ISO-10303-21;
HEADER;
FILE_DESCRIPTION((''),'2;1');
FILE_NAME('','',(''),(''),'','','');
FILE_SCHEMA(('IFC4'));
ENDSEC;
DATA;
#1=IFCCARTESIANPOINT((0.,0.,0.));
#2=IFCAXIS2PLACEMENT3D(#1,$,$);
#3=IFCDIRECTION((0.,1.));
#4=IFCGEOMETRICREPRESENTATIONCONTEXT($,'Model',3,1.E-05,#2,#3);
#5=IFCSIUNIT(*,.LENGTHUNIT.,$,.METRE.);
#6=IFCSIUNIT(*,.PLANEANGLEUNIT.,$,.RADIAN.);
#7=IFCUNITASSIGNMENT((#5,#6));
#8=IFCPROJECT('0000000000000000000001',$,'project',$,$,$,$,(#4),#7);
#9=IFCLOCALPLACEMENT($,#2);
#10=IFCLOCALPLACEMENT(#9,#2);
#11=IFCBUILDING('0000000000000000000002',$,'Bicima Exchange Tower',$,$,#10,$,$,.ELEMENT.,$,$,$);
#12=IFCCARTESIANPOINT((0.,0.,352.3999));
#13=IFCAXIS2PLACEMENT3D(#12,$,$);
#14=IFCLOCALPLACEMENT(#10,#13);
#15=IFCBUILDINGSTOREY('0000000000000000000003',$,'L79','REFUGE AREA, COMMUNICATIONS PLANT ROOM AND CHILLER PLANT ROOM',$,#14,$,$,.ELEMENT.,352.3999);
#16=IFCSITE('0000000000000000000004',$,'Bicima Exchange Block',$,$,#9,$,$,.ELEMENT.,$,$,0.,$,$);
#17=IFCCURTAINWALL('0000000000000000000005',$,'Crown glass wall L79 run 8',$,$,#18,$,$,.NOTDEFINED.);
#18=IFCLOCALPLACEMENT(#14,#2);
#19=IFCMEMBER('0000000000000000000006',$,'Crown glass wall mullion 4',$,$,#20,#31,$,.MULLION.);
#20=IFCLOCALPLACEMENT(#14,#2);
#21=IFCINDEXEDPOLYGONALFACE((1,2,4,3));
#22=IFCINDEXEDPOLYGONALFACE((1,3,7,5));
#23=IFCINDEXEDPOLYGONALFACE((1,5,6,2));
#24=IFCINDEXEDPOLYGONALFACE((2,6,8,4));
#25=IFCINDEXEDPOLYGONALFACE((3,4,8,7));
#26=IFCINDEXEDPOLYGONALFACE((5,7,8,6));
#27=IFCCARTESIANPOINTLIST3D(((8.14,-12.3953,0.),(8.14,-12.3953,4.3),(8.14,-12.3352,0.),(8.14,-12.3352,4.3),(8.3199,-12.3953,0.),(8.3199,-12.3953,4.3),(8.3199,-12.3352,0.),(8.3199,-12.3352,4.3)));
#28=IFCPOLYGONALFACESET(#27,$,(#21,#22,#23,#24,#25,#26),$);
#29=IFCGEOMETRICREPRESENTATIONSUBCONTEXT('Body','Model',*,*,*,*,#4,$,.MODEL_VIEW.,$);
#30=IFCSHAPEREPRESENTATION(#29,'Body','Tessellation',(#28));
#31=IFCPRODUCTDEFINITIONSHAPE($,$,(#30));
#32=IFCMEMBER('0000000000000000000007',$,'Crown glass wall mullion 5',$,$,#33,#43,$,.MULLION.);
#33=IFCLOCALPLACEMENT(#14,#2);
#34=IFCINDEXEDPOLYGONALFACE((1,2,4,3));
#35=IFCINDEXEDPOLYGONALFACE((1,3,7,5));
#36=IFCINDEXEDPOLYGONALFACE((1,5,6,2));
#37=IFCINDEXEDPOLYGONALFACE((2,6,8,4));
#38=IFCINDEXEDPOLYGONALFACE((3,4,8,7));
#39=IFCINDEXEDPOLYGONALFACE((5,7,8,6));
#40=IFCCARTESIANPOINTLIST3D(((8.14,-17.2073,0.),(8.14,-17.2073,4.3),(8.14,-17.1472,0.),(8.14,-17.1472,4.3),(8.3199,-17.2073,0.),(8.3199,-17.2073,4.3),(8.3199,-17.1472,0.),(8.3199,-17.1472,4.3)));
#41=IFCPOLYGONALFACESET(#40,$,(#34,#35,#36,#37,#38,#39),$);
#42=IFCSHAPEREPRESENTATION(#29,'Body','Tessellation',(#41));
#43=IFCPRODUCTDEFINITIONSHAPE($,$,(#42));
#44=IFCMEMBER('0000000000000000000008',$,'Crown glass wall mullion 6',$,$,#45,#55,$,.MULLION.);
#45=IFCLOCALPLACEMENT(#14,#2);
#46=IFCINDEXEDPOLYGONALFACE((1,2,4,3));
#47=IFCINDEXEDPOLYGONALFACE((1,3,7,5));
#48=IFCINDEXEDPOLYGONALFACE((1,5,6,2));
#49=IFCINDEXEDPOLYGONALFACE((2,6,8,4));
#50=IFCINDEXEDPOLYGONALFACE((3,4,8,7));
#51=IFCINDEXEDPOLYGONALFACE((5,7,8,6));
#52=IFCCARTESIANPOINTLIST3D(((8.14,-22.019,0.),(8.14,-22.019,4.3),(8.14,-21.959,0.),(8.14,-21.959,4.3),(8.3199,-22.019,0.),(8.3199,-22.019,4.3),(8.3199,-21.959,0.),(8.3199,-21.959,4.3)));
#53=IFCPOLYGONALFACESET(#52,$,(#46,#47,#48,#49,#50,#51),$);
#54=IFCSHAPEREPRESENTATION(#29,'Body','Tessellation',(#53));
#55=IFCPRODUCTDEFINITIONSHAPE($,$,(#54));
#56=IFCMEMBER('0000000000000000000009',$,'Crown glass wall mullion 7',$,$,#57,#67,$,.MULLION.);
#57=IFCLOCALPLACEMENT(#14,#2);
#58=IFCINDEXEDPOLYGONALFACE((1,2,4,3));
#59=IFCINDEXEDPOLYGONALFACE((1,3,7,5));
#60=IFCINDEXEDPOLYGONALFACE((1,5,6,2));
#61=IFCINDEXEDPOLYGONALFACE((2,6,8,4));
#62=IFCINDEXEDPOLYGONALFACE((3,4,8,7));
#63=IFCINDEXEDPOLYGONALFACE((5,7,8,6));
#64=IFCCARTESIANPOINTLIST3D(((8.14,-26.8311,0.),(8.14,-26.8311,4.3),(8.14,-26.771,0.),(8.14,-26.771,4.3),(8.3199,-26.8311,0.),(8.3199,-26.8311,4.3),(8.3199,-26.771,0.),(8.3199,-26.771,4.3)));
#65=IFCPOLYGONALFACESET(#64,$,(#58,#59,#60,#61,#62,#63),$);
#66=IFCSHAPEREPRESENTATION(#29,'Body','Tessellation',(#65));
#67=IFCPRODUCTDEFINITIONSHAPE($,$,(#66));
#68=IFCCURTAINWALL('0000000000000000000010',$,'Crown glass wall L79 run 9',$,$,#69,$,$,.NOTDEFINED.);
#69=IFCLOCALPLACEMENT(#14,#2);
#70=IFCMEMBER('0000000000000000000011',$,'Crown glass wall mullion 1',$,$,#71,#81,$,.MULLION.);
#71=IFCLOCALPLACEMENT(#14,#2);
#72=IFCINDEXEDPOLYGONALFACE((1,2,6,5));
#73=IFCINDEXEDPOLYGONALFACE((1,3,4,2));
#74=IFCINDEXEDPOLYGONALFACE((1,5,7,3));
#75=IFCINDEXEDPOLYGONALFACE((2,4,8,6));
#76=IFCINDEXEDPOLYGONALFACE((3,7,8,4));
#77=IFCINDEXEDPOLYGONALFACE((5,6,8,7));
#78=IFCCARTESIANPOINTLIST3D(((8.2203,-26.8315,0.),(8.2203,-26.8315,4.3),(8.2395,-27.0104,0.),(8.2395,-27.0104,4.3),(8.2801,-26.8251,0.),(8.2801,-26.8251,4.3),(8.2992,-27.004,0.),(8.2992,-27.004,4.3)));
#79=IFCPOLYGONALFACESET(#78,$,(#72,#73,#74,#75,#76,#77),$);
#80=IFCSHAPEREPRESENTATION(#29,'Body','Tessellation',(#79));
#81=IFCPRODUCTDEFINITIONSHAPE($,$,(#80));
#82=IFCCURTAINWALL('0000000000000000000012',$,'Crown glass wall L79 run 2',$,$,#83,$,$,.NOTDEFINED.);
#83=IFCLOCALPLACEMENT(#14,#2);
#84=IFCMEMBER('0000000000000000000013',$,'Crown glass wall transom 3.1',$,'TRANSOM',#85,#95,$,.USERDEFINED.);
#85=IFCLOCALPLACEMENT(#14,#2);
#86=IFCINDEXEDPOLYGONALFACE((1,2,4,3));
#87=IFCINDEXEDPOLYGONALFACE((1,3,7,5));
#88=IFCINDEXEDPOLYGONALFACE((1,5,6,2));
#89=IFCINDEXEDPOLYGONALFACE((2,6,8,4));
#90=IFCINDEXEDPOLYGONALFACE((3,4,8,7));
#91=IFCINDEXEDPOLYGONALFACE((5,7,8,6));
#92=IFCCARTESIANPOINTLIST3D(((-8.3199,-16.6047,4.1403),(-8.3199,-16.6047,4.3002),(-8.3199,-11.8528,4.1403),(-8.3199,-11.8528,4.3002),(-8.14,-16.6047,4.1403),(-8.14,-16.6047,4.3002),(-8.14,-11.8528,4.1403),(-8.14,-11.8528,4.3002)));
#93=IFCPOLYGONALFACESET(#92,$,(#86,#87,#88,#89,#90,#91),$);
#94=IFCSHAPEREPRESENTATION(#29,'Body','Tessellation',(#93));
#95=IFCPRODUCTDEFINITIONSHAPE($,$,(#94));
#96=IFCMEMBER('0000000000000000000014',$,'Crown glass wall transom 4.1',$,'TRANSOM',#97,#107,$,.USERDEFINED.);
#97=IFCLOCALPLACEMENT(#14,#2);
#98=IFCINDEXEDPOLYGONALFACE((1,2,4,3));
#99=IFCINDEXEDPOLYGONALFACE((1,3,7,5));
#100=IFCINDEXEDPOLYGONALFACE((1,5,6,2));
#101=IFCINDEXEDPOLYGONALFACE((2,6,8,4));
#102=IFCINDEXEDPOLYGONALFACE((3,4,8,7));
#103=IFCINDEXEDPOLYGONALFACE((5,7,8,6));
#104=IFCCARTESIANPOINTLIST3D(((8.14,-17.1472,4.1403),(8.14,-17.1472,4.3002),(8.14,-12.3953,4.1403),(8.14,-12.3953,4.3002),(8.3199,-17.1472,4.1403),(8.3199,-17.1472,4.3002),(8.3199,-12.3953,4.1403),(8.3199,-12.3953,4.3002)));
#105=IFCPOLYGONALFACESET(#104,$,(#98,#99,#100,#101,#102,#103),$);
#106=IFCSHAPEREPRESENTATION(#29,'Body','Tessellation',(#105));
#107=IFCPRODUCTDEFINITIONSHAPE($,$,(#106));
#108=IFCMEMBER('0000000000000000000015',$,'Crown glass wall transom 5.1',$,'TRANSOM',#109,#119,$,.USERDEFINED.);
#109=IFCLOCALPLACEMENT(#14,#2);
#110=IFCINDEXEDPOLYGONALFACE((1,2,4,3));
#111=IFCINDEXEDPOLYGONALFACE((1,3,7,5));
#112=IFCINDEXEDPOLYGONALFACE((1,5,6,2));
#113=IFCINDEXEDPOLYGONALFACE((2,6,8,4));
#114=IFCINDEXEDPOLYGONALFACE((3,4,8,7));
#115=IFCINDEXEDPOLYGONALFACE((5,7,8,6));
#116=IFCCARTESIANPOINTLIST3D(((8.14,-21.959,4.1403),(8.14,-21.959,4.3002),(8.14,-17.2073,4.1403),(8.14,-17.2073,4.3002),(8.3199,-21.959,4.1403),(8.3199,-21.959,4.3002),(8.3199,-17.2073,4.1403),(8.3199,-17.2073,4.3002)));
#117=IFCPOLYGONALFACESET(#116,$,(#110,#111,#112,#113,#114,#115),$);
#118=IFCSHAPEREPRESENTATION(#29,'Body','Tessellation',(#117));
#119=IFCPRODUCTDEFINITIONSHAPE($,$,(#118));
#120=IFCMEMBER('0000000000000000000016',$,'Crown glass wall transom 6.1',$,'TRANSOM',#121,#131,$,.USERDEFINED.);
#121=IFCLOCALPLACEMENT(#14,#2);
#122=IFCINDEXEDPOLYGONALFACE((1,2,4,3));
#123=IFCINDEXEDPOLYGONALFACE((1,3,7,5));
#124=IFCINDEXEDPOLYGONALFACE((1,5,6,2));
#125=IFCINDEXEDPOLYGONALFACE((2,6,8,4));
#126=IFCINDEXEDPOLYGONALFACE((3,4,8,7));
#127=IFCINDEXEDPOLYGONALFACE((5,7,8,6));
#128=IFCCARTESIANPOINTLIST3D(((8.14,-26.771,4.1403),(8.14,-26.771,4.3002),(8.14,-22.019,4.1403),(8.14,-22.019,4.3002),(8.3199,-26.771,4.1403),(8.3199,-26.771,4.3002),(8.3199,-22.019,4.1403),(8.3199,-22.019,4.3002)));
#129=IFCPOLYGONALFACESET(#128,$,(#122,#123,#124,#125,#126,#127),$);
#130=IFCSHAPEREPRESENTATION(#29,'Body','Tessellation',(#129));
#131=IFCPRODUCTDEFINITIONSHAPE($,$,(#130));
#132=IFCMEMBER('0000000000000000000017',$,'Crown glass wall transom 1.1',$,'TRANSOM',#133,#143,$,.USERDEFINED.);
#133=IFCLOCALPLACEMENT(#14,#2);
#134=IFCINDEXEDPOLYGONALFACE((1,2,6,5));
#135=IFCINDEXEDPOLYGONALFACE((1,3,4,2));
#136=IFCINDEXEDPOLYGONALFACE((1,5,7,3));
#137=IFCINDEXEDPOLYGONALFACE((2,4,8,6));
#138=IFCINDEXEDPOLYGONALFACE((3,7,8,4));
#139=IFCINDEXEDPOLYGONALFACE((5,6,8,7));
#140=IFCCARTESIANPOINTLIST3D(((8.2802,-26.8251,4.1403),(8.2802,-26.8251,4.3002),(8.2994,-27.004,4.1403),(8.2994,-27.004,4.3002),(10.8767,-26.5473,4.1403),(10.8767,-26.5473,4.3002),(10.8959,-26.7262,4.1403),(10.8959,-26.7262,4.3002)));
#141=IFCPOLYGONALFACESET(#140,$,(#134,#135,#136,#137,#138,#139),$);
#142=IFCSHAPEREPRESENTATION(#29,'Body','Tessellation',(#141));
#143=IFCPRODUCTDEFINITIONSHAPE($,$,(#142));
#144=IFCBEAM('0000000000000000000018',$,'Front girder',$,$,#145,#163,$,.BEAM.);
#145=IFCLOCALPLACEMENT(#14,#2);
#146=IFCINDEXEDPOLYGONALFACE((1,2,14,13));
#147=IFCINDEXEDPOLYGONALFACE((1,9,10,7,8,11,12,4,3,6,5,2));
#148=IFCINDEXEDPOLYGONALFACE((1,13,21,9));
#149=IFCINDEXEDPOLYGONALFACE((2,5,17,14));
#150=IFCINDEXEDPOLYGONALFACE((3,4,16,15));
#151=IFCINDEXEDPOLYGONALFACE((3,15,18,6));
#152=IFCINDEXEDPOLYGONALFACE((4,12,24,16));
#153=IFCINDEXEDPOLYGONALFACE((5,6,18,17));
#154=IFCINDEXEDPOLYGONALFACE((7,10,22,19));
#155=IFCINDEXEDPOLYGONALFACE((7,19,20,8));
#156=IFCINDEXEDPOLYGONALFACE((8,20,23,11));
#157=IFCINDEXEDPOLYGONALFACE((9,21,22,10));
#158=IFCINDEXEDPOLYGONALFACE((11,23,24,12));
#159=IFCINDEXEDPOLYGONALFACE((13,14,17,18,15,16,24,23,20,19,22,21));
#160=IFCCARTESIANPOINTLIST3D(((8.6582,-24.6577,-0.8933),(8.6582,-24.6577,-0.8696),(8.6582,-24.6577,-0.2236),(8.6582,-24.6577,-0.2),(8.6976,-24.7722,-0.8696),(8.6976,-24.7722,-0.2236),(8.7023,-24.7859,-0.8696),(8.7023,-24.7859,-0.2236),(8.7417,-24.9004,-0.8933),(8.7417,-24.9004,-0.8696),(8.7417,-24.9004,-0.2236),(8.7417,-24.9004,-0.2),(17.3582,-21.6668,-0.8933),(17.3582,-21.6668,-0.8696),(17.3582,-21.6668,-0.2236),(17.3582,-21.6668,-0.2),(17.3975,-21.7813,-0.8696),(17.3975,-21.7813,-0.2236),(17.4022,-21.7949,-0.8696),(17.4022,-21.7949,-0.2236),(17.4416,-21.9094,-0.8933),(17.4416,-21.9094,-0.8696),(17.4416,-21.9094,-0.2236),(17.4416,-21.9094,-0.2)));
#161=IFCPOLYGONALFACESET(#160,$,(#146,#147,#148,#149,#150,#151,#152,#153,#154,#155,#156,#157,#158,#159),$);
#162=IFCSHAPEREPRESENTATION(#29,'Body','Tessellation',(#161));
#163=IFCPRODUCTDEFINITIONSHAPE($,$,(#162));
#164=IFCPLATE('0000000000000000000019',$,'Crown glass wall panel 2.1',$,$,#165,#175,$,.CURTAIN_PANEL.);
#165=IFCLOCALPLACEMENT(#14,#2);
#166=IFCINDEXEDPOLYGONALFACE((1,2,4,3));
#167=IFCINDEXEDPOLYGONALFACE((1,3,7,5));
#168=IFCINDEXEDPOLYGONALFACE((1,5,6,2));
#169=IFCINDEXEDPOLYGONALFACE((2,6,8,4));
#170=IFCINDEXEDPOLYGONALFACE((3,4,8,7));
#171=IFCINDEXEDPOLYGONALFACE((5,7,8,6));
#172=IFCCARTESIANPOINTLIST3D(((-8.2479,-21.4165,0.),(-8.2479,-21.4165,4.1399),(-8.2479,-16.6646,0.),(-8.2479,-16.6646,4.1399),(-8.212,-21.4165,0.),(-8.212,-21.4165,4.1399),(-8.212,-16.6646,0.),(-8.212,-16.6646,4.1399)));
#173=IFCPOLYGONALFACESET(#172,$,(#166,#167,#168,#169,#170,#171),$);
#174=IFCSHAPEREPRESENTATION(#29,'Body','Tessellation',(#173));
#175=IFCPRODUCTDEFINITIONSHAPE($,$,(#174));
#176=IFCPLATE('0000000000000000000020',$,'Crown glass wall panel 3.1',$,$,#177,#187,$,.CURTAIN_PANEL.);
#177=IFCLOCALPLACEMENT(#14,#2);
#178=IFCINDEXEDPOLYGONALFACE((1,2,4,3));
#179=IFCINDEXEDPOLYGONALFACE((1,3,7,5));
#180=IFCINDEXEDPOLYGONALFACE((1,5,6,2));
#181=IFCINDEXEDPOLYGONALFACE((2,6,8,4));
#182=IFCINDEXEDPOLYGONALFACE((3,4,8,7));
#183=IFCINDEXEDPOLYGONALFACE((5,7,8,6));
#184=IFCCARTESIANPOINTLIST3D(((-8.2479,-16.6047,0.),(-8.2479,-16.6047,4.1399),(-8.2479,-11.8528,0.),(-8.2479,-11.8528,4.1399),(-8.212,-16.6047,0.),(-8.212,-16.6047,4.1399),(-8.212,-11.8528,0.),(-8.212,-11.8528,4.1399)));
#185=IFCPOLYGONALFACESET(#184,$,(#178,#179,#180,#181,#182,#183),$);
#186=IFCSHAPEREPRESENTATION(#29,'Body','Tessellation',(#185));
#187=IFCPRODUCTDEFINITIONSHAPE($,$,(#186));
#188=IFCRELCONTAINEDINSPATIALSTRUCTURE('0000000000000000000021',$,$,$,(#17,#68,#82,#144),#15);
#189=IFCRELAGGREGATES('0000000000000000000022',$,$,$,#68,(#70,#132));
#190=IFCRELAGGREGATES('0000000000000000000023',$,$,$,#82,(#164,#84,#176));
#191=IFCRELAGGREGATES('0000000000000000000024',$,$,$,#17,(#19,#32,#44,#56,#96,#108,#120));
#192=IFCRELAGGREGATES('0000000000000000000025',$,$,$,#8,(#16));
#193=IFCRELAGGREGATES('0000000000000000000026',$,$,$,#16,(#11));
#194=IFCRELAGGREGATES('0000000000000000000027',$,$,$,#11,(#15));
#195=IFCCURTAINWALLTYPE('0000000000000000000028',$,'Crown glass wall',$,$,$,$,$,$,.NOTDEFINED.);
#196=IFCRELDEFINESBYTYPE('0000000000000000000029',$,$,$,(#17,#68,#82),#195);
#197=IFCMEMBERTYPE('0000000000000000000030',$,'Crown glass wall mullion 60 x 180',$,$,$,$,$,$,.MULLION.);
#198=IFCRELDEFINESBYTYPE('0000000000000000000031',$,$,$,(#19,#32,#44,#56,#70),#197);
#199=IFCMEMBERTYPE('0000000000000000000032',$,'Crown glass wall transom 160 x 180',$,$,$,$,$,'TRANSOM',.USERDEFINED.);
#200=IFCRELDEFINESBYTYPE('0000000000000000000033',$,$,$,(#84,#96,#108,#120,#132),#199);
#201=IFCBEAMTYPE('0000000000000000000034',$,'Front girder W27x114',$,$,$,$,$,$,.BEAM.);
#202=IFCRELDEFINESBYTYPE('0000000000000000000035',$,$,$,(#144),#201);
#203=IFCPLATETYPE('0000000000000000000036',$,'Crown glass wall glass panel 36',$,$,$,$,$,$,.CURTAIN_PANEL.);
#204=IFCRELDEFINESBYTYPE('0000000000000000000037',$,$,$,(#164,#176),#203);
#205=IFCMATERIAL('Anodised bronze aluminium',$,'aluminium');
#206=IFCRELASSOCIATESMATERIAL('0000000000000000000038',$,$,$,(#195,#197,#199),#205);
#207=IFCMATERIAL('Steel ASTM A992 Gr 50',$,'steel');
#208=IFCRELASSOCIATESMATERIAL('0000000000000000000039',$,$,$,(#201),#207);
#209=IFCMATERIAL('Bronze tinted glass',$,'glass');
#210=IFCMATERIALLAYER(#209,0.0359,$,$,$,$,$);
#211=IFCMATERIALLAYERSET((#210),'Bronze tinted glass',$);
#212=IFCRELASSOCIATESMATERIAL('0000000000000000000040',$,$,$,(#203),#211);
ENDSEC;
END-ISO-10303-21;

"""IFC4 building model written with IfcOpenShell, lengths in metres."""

from ifc_helpers import new_model, si_unit, direction, frame, origin, origin_2d, place, context, subcontext, project, spatial, rectangle, i_section, extrude, material, layer, layer_set, material_profile, profile_set, type_object, element, aggregate, save


model = new_model("IFC4")

# Units and contexts
model_context = context("Model", 3, precision=1e-05, world=origin(), true_north=direction((0.0, 1.0)))
body_context = subcontext(model_context, "Body", "Model", "MODEL_VIEW")
ifc_project = project(units=[si_unit("LENGTHUNIT", "METRE"), si_unit("PLANEANGLEUNIT", "RADIAN")], contexts=[model_context])

# Site, building, storey
site_placement = place(None, origin())
site = spatial("IfcSite", under=ifc_project, at=site_placement, Name="Bicima Exchange Block", CompositionType="ELEMENT", RefElevation=0.0)
building_placement = place(site_placement, origin())
building = spatial("IfcBuilding", under=site, at=building_placement, Name="Bicima Exchange Tower", CompositionType="ELEMENT")
storey_placement = place(building_placement, frame((0.0, 0.0, 352.3999)))
storey = spatial("IfcBuildingStorey", under=building, at=storey_placement, Name="L79", Description="REFUGE AREA, COMMUNICATIONS PLANT ROOM AND CHILLER PLANT ROOM", CompositionType="ELEMENT", Elevation=352.3999)

# Curtain wall, members
ifc_material_1 = material(Name="Anodised bronze aluminium", Category="aluminium")
curtain_wall_type = type_object("IfcCurtainWallType", Name="Crown glass wall", PredefinedType="NOTDEFINED", material=ifc_material_1)
curtain_wall_1_placement = place(storey_placement, origin())
curtain_wall_1 = element("IfcCurtainWall", 1, at=curtain_wall_1_placement, inside=storey, type_object=curtain_wall_type, Name="Crown glass wall L79 run 8", PredefinedType="NOTDEFINED")
ifc_material_profile_1 = material_profile(ifc_material_1, rectangle(XDim=0.1799, YDim=0.0601, at=origin_2d()))
ifc_profile_set_1 = profile_set([ifc_material_profile_1], Name="Anodised bronze aluminium")
member_type_1 = type_object("IfcMemberType", Name="Crown glass wall mullion 60 x 180", PredefinedType="MULLION", material=ifc_profile_set_1)
member_1_placement = place(storey_placement, frame((8.23, -12.3652, 0.0), z_axis=(0.0, 0.0, 1.0), x_axis=(1.0, 0.0, 0.0)))
member_1 = element("IfcMember", 2, at=member_1_placement, type_object=member_type_1, Name="Crown glass wall mullion 4", PredefinedType="MULLION", context=body_context, shape_type="SweptSolid", body=[
    extrude(rectangle(XDim=0.1799, YDim=0.0601, at=origin_2d()), origin(), (0.0, 0.0, 1.0), 4.3),
])
member_2_placement = place(storey_placement, frame((8.23, -17.1772, 0.0), z_axis=(0.0, 0.0, 1.0), x_axis=(1.0, 0.0, 0.0)))
member_2 = element("IfcMember", 3, at=member_2_placement, type_object=member_type_1, Name="Crown glass wall mullion 5", PredefinedType="MULLION", context=body_context, shape_type="SweptSolid", body=[
    extrude(rectangle(XDim=0.1799, YDim=0.0601, at=origin_2d()), origin(), (0.0, 0.0, 1.0), 4.3),
])
member_3_placement = place(storey_placement, frame((8.23, -21.989, 0.0), z_axis=(0.0, 0.0, 1.0), x_axis=(1.0, 0.0, 0.0)))
member_3 = element("IfcMember", 4, at=member_3_placement, type_object=member_type_1, Name="Crown glass wall mullion 6", PredefinedType="MULLION", context=body_context, shape_type="SweptSolid", body=[
    extrude(rectangle(XDim=0.1799, YDim=0.0601, at=origin_2d()), origin(), (0.0, 0.0, 1.0), 4.3),
])
member_4_placement = place(storey_placement, frame((8.23, -26.801, 0.0), z_axis=(0.0, 0.0, 1.0), x_axis=(1.0, 0.0, 0.0)))
member_4 = element("IfcMember", 5, at=member_4_placement, type_object=member_type_1, Name="Crown glass wall mullion 7", PredefinedType="MULLION", context=body_context, shape_type="SweptSolid", body=[
    extrude(rectangle(XDim=0.1799, YDim=0.0601, at=origin_2d()), origin(), (0.0, 0.0, 1.0), 4.3),
])

# Curtain walls, members
curtain_wall_2_placement = place(storey_placement, origin())
curtain_wall_2 = element("IfcCurtainWall", 6, at=curtain_wall_2_placement, inside=storey, type_object=curtain_wall_type, Name="Crown glass wall L79 run 9", PredefinedType="NOTDEFINED")
member_5_placement = place(storey_placement, frame((8.2598, -26.9177, 0.0), z_axis=(0.0, 0.0, 1.0), x_axis=(-0.106372, 0.994326, 0.0)))
member_5 = element("IfcMember", 7, at=member_5_placement, type_object=member_type_1, Name="Crown glass wall mullion 1", PredefinedType="MULLION", context=body_context, shape_type="SweptSolid", body=[
    extrude(rectangle(XDim=0.1799, YDim=0.0601, at=origin_2d()), origin(), (0.0, 0.0, 1.0), 4.3),
])
curtain_wall_3_placement = place(storey_placement, origin())
curtain_wall_3 = element("IfcCurtainWall", 8, at=curtain_wall_3_placement, inside=storey, type_object=curtain_wall_type, Name="Crown glass wall L79 run 2", PredefinedType="NOTDEFINED")
ifc_material_profile_2 = material_profile(ifc_material_1, rectangle(XDim=0.1799, YDim=0.1599, at=origin_2d()))
ifc_profile_set_2 = profile_set([ifc_material_profile_2], Name="Anodised bronze aluminium")
member_type_2 = type_object("IfcMemberType", Name="Crown glass wall transom 160 x 180", ElementType="TRANSOM", PredefinedType="USERDEFINED", material=ifc_profile_set_2)
member_6_placement = place(storey_placement, frame((-8.23, -16.6047, 4.2202), z_axis=(0.0, 1.0, 0.0), x_axis=(-1.0, 0.0, 0.0)))
member_6 = element("IfcMember", 9, at=member_6_placement, type_object=member_type_2, Name="Crown glass wall transom 3.1", ObjectType="TRANSOM", PredefinedType="USERDEFINED", context=body_context, shape_type="SweptSolid", body=[
    extrude(rectangle(XDim=0.1799, YDim=0.1599, at=origin_2d()), origin(), (0.0, 0.0, 1.0), 4.752),
])

# Members
member_7_placement = place(storey_placement, frame((8.23, -12.3953, 4.2202), z_axis=(0.0, -1.0, 0.0), x_axis=(1.0, 0.0, 0.0)))
member_7 = element("IfcMember", 10, at=member_7_placement, type_object=member_type_2, Name="Crown glass wall transom 4.1", ObjectType="TRANSOM", PredefinedType="USERDEFINED", context=body_context, shape_type="SweptSolid", body=[
    extrude(rectangle(XDim=0.1799, YDim=0.1599, at=origin_2d()), origin(), (0.0, 0.0, 1.0), 4.752),
])
member_8_placement = place(storey_placement, frame((8.23, -17.2073, 4.2202), z_axis=(0.0, -1.0, 0.0), x_axis=(1.0, 0.0, 0.0)))
member_8 = element("IfcMember", 11, at=member_8_placement, type_object=member_type_2, Name="Crown glass wall transom 5.1", ObjectType="TRANSOM", PredefinedType="USERDEFINED", context=body_context, shape_type="SweptSolid", body=[
    extrude(rectangle(XDim=0.1799, YDim=0.1599, at=origin_2d()), origin(), (0.0, 0.0, 1.0), 4.7517),
])
member_9_placement = place(storey_placement, frame((8.23, -22.019, 4.2202), z_axis=(0.0, -1.0, 0.0), x_axis=(1.0, 0.0, 0.0)))
member_9 = element("IfcMember", 12, at=member_9_placement, type_object=member_type_2, Name="Crown glass wall transom 6.1", ObjectType="TRANSOM", PredefinedType="USERDEFINED", context=body_context, shape_type="SweptSolid", body=[
    extrude(rectangle(XDim=0.1799, YDim=0.1599, at=origin_2d()), origin(), (0.0, 0.0, 1.0), 4.752),
])
member_10_placement = place(storey_placement, frame((8.2898, -26.9146, 4.2202), z_axis=(0.994324, 0.106398, 0.0), x_axis=(-0.106398, 0.994324, 0.0)))
member_10 = element("IfcMember", 13, at=member_10_placement, type_object=member_type_2, Name="Crown glass wall transom 1.1", ObjectType="TRANSOM", PredefinedType="USERDEFINED", context=body_context, shape_type="SweptSolid", body=[
    extrude(rectangle(XDim=0.1799, YDim=0.1599, at=origin_2d()), origin(), (0.0, 0.0, 1.0), 2.6113),
])
aggregate(curtain_wall_2, [member_5, member_10])

# Beam
ifc_material_2 = material(Name="Steel ASTM A992 Gr 50", Category="steel")
ifc_material_profile_3 = material_profile(ifc_material_2, i_section(OverallWidth=0.2566, OverallDepth=0.6934, WebThickness=0.0144, FlangeThickness=0.0237, at=origin_2d()))
ifc_profile_set_3 = profile_set([ifc_material_profile_3], Name="Steel ASTM A992 Gr 50")
beam_type = type_object("IfcBeamType", Name="Front girder W27x114", PredefinedType="BEAM", material=ifc_profile_set_3)
beam_placement = place(storey_placement, frame((8.7, -24.7791, -0.5466), z_axis=(0.945675, 0.325115, 0.0), x_axis=(-0.325115, 0.945675, 0.0)))
element("IfcBeam", 14, at=beam_placement, inside=storey, type_object=beam_type, Name="Front girder", PredefinedType="BEAM", context=body_context, shape_type="SweptSolid", body=[
    extrude(i_section(OverallWidth=0.2566, OverallDepth=0.6934, WebThickness=0.0144, FlangeThickness=0.0237, at=origin_2d()), origin(), (0.0, 0.0, 1.0), 9.1997),
])

# Plates
ifc_material_3 = material(Name="Bronze tinted glass", Category="glass")
ifc_layer_1 = layer(ifc_material_3, 0.0359)
ifc_layer_set_1 = layer_set([ifc_layer_1], Name="Bronze tinted glass")
plate_type = type_object("IfcPlateType", Name="Crown glass wall glass panel 36", PredefinedType="CURTAIN_PANEL", material=ifc_layer_set_1)
plate_1_placement = place(storey_placement, frame((-8.23, -19.0405, 0.0), z_axis=(0.0, 0.0, 1.0), x_axis=(0.0, 1.0, 0.0)))
plate_1 = element("IfcPlate", 15, at=plate_1_placement, type_object=plate_type, Name="Crown glass wall panel 2.1", PredefinedType="CURTAIN_PANEL", context=body_context, shape_type="SweptSolid", body=[
    extrude(rectangle(XDim=4.752, YDim=0.0359, at=origin_2d()), origin(), (0.0, 0.0, 1.0), 4.1399),
])
plate_2_placement = place(storey_placement, frame((-8.23, -14.2288, 0.0), z_axis=(0.0, 0.0, 1.0), x_axis=(0.0, 1.0, 0.0)))
plate_2 = element("IfcPlate", 16, at=plate_2_placement, type_object=plate_type, Name="Crown glass wall panel 3.1", PredefinedType="CURTAIN_PANEL", context=body_context, shape_type="SweptSolid", body=[
    extrude(rectangle(XDim=4.752, YDim=0.0359, at=origin_2d()), origin(), (0.0, 0.0, 1.0), 4.1399),
])
aggregate(curtain_wall_3, [plate_1, member_6, plate_2])
aggregate(curtain_wall_1, [member_1, member_2, member_3, member_4, member_7, member_8, member_9])

save(model, "model.ifc")
